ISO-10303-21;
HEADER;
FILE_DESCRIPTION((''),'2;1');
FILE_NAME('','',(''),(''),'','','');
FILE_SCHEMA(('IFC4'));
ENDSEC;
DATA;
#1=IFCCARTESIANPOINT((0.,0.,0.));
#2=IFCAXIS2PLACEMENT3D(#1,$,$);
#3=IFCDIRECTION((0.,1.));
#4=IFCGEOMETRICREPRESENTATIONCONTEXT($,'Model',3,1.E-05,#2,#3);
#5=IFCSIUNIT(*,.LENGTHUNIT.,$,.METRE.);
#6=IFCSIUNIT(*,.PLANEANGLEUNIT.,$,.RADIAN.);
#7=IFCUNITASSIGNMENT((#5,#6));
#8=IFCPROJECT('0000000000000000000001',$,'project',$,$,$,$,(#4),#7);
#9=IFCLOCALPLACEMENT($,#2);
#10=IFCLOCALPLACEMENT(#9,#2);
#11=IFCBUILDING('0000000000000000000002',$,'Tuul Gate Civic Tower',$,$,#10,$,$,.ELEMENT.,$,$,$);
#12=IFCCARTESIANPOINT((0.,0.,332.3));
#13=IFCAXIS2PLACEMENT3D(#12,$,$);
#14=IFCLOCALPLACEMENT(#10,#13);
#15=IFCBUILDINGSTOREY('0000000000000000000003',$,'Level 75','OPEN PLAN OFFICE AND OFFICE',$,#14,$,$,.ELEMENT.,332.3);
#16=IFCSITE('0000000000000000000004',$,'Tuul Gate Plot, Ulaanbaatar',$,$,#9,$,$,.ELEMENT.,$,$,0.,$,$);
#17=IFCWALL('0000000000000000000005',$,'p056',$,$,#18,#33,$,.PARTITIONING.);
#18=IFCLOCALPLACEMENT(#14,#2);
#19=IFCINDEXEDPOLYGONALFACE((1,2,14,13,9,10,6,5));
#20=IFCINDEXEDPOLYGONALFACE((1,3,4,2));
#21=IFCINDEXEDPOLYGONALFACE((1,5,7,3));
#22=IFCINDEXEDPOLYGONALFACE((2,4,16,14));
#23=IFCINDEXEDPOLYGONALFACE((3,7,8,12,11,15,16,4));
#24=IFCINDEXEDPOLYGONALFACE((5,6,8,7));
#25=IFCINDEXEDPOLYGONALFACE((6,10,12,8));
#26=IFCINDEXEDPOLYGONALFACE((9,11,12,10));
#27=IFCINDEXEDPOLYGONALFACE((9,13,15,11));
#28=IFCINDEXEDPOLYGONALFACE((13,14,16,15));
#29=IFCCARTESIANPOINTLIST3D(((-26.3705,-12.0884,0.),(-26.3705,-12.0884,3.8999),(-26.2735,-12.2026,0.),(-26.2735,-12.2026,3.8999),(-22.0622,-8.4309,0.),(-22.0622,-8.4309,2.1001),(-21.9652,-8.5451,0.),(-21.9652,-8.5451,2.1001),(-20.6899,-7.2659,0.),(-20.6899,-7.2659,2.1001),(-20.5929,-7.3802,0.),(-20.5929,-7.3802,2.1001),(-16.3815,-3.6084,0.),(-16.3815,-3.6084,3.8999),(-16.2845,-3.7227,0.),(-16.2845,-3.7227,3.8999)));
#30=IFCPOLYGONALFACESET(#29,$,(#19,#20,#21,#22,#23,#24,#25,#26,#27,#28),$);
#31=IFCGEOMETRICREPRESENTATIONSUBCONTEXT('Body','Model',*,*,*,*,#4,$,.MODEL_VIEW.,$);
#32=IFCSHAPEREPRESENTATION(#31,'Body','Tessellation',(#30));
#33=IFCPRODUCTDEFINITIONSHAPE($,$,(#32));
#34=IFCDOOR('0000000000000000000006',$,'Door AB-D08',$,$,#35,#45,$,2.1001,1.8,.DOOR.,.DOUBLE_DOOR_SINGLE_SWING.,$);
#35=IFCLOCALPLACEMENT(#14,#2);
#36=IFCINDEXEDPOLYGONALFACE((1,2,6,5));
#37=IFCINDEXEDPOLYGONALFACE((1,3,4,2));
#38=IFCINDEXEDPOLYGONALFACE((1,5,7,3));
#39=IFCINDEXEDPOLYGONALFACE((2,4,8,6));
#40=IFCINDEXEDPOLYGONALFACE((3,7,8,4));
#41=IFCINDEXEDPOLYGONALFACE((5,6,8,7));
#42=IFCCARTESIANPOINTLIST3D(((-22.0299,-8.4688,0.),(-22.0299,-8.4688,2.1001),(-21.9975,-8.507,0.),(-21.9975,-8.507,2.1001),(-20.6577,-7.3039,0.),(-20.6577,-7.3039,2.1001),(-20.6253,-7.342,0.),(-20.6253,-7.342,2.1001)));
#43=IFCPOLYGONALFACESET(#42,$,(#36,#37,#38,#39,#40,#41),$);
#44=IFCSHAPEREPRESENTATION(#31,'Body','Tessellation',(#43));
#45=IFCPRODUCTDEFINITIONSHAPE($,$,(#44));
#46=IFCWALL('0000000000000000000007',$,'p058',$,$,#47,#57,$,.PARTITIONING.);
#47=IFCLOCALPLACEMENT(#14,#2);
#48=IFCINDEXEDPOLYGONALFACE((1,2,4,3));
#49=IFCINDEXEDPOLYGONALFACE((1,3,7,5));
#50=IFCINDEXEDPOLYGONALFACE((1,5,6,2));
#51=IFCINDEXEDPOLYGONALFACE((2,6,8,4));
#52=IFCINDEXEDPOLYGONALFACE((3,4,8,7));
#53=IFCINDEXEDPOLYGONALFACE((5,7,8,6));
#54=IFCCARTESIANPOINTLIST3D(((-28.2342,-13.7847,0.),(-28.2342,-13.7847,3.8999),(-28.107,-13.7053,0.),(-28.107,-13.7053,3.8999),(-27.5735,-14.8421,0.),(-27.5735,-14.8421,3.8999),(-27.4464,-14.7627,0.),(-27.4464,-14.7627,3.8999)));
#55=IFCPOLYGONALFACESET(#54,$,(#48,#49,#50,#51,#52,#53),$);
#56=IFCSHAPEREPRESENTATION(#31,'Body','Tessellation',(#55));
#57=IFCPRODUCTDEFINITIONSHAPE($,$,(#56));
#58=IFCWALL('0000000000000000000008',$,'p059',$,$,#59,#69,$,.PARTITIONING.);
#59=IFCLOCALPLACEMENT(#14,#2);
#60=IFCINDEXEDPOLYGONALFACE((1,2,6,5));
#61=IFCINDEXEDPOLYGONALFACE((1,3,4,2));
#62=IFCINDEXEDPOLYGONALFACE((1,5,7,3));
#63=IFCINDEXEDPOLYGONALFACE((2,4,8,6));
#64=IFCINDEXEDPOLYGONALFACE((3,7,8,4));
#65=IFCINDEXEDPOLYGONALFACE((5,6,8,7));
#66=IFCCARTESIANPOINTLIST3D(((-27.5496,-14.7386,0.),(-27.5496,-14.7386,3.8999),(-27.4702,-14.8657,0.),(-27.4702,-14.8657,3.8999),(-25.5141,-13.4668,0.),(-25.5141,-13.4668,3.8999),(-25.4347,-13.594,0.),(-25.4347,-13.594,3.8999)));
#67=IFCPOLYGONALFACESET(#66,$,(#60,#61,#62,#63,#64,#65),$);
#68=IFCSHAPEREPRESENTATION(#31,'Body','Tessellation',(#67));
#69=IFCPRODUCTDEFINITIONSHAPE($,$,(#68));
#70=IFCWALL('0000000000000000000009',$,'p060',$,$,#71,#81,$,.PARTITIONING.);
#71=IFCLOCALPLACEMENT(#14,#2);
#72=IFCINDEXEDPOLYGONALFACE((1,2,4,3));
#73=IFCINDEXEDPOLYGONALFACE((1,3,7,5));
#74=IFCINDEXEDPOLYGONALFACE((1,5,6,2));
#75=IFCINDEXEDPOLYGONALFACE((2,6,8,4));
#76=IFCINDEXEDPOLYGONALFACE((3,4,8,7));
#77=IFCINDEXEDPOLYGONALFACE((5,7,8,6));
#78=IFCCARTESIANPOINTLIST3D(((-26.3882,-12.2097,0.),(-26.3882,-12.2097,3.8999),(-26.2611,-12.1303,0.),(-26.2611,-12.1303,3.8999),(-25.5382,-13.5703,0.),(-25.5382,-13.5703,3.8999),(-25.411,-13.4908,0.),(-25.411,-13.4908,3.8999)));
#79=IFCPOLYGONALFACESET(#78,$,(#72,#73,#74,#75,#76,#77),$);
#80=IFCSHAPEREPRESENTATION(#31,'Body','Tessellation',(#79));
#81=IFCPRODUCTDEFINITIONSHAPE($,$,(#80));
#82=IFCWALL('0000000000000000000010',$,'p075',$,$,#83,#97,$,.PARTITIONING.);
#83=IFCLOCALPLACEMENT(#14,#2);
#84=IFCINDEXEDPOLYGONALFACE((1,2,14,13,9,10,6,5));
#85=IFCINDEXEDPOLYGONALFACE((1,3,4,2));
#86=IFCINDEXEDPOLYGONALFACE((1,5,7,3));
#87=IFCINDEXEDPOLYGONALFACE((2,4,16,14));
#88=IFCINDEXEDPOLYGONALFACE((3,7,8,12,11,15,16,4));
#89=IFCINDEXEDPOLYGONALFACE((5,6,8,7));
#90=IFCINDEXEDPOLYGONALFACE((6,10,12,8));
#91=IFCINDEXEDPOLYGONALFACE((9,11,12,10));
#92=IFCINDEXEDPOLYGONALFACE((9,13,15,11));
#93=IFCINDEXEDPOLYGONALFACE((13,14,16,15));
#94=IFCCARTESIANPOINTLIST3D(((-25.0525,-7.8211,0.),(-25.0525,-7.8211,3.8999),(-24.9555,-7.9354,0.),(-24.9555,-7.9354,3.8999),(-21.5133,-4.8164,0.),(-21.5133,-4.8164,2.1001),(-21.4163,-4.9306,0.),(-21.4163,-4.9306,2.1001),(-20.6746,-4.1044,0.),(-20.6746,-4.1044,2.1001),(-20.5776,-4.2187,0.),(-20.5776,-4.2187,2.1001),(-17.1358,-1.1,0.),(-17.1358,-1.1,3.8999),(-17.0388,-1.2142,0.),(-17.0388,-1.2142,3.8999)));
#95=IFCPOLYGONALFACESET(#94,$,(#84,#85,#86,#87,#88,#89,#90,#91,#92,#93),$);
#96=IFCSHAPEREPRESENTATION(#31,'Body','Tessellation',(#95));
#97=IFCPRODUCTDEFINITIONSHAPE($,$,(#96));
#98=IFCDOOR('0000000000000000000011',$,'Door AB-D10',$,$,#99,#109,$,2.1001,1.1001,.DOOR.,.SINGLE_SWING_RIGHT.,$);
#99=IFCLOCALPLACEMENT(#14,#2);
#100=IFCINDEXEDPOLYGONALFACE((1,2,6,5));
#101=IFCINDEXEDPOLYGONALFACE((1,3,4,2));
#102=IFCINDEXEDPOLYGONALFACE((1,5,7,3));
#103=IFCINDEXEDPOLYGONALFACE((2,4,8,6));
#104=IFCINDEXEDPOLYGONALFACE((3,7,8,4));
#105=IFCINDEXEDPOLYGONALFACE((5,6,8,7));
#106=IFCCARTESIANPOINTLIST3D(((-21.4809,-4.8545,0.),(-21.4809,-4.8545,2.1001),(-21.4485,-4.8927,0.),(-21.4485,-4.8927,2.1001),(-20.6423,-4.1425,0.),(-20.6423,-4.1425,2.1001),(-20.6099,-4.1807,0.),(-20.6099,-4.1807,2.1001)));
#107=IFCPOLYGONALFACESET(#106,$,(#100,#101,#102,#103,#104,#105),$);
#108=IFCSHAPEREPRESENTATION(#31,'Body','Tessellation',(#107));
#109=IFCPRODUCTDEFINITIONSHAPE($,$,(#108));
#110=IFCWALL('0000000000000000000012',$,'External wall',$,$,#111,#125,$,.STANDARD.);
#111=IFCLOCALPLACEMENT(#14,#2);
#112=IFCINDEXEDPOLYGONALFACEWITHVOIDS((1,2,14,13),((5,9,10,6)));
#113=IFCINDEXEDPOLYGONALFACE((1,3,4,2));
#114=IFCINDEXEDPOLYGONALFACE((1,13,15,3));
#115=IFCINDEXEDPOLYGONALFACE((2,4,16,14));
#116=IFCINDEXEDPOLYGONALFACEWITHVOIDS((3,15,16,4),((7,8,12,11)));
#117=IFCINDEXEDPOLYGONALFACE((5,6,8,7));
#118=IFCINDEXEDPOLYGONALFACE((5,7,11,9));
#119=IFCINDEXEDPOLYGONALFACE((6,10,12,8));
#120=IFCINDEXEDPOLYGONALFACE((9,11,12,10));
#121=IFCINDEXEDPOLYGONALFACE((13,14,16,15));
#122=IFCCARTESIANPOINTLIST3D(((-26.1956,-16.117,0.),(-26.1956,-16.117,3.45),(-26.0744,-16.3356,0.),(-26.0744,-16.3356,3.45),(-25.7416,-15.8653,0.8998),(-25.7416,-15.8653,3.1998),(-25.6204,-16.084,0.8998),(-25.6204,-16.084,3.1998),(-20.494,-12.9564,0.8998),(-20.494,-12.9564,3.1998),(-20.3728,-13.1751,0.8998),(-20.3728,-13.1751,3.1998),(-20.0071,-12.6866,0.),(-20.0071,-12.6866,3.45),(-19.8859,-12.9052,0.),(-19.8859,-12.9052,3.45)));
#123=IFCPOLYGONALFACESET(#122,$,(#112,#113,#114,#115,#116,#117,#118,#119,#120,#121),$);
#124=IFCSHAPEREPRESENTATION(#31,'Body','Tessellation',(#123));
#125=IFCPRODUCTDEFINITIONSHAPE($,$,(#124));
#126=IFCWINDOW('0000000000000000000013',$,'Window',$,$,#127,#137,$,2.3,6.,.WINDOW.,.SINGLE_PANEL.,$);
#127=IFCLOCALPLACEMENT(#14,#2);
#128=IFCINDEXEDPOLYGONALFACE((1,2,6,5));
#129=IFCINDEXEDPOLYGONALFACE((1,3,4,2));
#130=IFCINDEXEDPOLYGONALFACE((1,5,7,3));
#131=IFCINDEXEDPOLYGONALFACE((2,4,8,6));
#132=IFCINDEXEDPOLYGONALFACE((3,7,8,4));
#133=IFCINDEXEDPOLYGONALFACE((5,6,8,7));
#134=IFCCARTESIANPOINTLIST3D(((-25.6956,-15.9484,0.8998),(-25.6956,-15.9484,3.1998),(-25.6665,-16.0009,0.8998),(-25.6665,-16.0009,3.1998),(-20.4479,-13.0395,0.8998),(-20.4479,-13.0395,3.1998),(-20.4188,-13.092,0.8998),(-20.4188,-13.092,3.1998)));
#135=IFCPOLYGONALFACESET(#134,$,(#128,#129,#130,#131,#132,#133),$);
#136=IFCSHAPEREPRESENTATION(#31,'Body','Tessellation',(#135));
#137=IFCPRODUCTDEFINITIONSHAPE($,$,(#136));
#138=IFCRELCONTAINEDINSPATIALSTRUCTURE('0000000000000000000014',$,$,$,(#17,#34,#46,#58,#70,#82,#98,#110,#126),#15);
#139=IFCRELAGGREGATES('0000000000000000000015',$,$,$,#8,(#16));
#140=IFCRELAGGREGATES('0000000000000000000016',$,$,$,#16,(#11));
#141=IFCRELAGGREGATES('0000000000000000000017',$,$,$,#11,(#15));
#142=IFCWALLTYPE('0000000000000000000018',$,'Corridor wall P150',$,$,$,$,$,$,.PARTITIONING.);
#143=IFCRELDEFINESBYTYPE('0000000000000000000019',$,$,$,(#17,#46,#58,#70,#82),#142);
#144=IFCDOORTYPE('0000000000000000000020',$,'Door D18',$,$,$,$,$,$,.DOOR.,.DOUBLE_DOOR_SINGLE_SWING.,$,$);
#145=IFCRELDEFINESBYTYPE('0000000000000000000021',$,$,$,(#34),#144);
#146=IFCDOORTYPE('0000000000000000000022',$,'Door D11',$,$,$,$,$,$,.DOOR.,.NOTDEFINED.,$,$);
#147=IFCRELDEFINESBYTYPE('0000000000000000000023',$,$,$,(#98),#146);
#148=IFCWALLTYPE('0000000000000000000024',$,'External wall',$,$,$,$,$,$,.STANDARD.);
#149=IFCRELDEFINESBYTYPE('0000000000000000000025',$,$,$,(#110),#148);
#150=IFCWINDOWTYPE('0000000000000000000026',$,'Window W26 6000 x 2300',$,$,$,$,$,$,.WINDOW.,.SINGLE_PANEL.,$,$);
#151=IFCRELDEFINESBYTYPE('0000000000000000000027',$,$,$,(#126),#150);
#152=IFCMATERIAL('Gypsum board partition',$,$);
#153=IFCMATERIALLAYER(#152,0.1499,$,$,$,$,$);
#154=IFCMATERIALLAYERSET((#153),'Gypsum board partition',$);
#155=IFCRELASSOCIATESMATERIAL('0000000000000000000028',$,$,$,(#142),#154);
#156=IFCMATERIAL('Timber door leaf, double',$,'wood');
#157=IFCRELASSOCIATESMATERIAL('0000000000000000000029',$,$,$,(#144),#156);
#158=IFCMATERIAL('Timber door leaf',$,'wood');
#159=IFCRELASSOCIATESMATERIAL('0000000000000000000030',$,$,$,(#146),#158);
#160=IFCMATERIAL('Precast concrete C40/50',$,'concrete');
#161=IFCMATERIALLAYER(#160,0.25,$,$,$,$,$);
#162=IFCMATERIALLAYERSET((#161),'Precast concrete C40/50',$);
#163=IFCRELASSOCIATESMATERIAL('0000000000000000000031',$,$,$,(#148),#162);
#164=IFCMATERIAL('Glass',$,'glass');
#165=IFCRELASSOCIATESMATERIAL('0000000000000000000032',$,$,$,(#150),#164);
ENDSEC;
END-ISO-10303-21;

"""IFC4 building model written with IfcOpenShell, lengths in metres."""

from ifc_helpers import new_model, si_unit, direction, frame, frame_2d, origin, place, context, subcontext, project, spatial, rectangle, extrude, material, layer, layer_set, type_object, element, fill, save


model = new_model("IFC4")

# Units and contexts
model_context = context("Model", 3, precision=1e-05, world=origin(), true_north=direction((0.0, 1.0)))
body_context = subcontext(model_context, "Body", "Model", "MODEL_VIEW")
ifc_project = project(units=[si_unit("LENGTHUNIT", "METRE"), si_unit("PLANEANGLEUNIT", "RADIAN")], contexts=[model_context])

# Site, building, storey
site_placement = place(None, origin())
site = spatial("IfcSite", under=ifc_project, at=site_placement, Name="Tuul Gate Plot, Ulaanbaatar", CompositionType="ELEMENT", RefElevation=0.0)
building_placement = place(site_placement, origin())
building = spatial("IfcBuilding", under=site, at=building_placement, Name="Tuul Gate Civic Tower", CompositionType="ELEMENT")
storey_placement = place(building_placement, frame((0.0, 0.0, 332.3)))
storey = spatial("IfcBuildingStorey", under=building, at=storey_placement, Name="Level 75", Description="OPEN PLAN OFFICE AND OFFICE", CompositionType="ELEMENT", Elevation=332.3)

# Wall, opening, door
ifc_material_1 = material(Name="Gypsum board partition")
ifc_layer_1 = layer(ifc_material_1, 0.1499)
ifc_layer_set_1 = layer_set([ifc_layer_1], Name="Gypsum board partition")
wall_type_1 = type_object("IfcWallType", Name="Corridor wall P150", PredefinedType="PARTITIONING", material=ifc_layer_set_1)
wall_1_placement = place(storey_placement, frame((-26.322, -12.1455, 0.0), z_axis=(0.0, 0.0, 1.0), x_axis=(0.762341, 0.647175, 0.0)))
wall_1 = element("IfcWall", 1, at=wall_1_placement, inside=storey, type_object=wall_type_1, Name="p056", PredefinedType="PARTITIONING", context=body_context, shape_type="SweptSolid", body=[
    extrude(rectangle(XDim=13.103, YDim=0.1499, at=frame_2d((6.5515, 0.0))), origin(), (0.0, 0.0, 1.0), 3.8999),
])
opening_1_placement = place(wall_1_placement, frame((5.6516, 0.0, 0.0)))
opening_1 = element("IfcOpeningElement", 2, at=opening_1_placement, cuts=wall_1, PredefinedType="OPENING", context=body_context, shape_type="SweptSolid", body=[
    extrude(rectangle(XDim=1.8, YDim=2.1001, at=frame_2d((0.8999, 1.05))), frame((0.0, 0.085, 0.0), z_axis=(0.0, -1.0, 0.0), x_axis=(1.0, 0.0, 0.0)), (0.0, 0.0, 1.0), 0.1699),
])
ifc_material_2 = material(Name="Timber door leaf, double", Category="wood")
door_type_1 = type_object("IfcDoorType", Name="Door D18", OperationType="DOUBLE_DOOR_SINGLE_SWING", PredefinedType="DOOR", material=ifc_material_2)
door_1_placement = place(opening_1_placement, frame((1.8, 0.0, 0.0), z_axis=(0.0, 0.0, 1.0), x_axis=(-1.0, 0.0, 0.0)))
door_1 = element("IfcDoor", 3, at=door_1_placement, inside=storey, type_object=door_type_1, Name="Door AB-D08", OperationType="DOUBLE_DOOR_SINGLE_SWING", OverallHeight=2.1001, OverallWidth=1.8, PredefinedType="DOOR", context=body_context, shape_type="SweptSolid", body=[
    extrude(rectangle(XDim=1.8, YDim=2.1001, at=frame_2d((0.9001, 1.05))), frame((0.0, 0.0249, 0.0), z_axis=(0.0, -1.0, 0.0), x_axis=(1.0, 0.0, 0.0)), (0.0, 0.0, 1.0), 0.05),
])
fill(opening_1, door_1)

# Walls
wall_2_placement = place(storey_placement, frame((-28.1707, -13.7449, 0.0), z_axis=(0.0, 0.0, 1.0), x_axis=(0.529876, -0.848075, 0.0)))
element("IfcWall", 4, at=wall_2_placement, inside=storey, type_object=wall_type_1, Name="p058", PredefinedType="PARTITIONING", context=body_context, shape_type="SweptSolid", body=[
    extrude(rectangle(XDim=1.2468, YDim=0.1499, at=frame_2d((0.6235, 0.0))), origin(), (0.0, 0.0, 1.0), 3.8999),
])
wall_3_placement = place(storey_placement, frame((-27.51, -14.8022, 0.0), z_axis=(0.0, 0.0, 1.0), x_axis=(0.848073, 0.52988, 0.0)))
element("IfcWall", 5, at=wall_3_placement, inside=storey, type_object=wall_type_1, Name="p059", PredefinedType="PARTITIONING", context=body_context, shape_type="SweptSolid", body=[
    extrude(rectangle(XDim=2.4001, YDim=0.1499, at=frame_2d((1.2002, 0.0))), origin(), (0.0, 0.0, 1.0), 3.8999),
])
wall_4_placement = place(storey_placement, frame((-26.3247, -12.1699, 0.0), z_axis=(0.0, 0.0, 1.0), x_axis=(0.529876, -0.848075, 0.0)))
element("IfcWall", 6, at=wall_4_placement, inside=storey, type_object=wall_type_1, Name="p060", PredefinedType="PARTITIONING", context=body_context, shape_type="SweptSolid", body=[
    extrude(rectangle(XDim=1.6042, YDim=0.1499, at=frame_2d((0.8022, 0.0))), origin(), (0.0, 0.0, 1.0), 3.8999),
])

# Wall, opening, door
wall_5_placement = place(storey_placement, frame((-25.0039, -7.8782, 0.0), z_axis=(0.0, 0.0, 1.0), x_axis=(0.762321, 0.647199, 0.0)))
wall_5 = element("IfcWall", 7, at=wall_5_placement, inside=storey, type_object=wall_type_1, Name="p075", PredefinedType="PARTITIONING", context=body_context, shape_type="SweptSolid", body=[
    extrude(rectangle(XDim=10.385, YDim=0.1499, at=frame_2d((5.1924, 0.0))), origin(), (0.0, 0.0, 1.0), 3.8999),
])
opening_2_placement = place(wall_5_placement, frame((4.6426, 0.0, 0.0)))
opening_2 = element("IfcOpeningElement", 8, at=opening_2_placement, cuts=wall_5, PredefinedType="OPENING", context=body_context, shape_type="SweptSolid", body=[
    extrude(rectangle(XDim=1.1001, YDim=2.1001, at=frame_2d((0.55, 1.05))), frame((0.0, 0.085, 0.0), z_axis=(0.0, -1.0, 0.0), x_axis=(1.0, 0.0, 0.0)), (0.0, 0.0, 1.0), 0.1699),
])
ifc_material_3 = material(Name="Timber door leaf", Category="wood")
door_type_2 = type_object("IfcDoorType", Name="Door D11", OperationType="NOTDEFINED", PredefinedType="DOOR", material=ifc_material_3)
door_2_placement = place(opening_2_placement, origin())
door_2 = element("IfcDoor", 9, at=door_2_placement, inside=storey, type_object=door_type_2, Name="Door AB-D10", OperationType="SINGLE_SWING_RIGHT", OverallHeight=2.1001, OverallWidth=1.1001, PredefinedType="DOOR", context=body_context, shape_type="SweptSolid", body=[
    extrude(rectangle(XDim=1.1001, YDim=2.1001, at=frame_2d((0.55, 1.05))), frame((0.0, 0.0249, 0.0), z_axis=(0.0, -1.0, 0.0), x_axis=(1.0, 0.0, 0.0)), (0.0, 0.0, 1.0), 0.05),
])
fill(opening_2, door_2)

# Wall, opening, window
ifc_material_4 = material(Name="Precast concrete C40/50", Category="concrete")
ifc_layer_2 = layer(ifc_material_4, 0.25)
ifc_layer_set_2 = layer_set([ifc_layer_2], Name="Precast concrete C40/50")
wall_type_2 = type_object("IfcWallType", Name="External wall", PredefinedType="STANDARD", material=ifc_layer_set_2)
wall_6_placement = place(storey_placement, frame((-26.135, -16.2263, 0.0), z_axis=(0.0, 0.0, 1.0), x_axis=(0.874614, 0.484819, 0.0)))
wall_6 = element("IfcWall", 10, at=wall_6_placement, inside=storey, type_object=wall_type_2, Name="External wall", PredefinedType="STANDARD", context=body_context, shape_type="SweptSolid", body=[
    extrude(rectangle(XDim=7.0757, YDim=0.25, at=frame_2d((3.5378, 0.0))), origin(), (0.0, 0.0, 1.0), 3.45),
])
opening_3_placement = place(wall_6_placement, frame((0.519, 0.0, 0.8999)))
opening_3 = element("IfcOpeningElement", 11, at=opening_3_placement, cuts=wall_6, PredefinedType="OPENING", context=body_context, shape_type="SweptSolid", body=[
    extrude(rectangle(XDim=6.0, YDim=2.3, at=frame_2d((3.0, 1.1499))), frame((0.0, 0.135, 0.0), z_axis=(0.0, -1.0, 0.0), x_axis=(1.0, 0.0, 0.0)), (0.0, 0.0, 1.0), 0.27),
])
ifc_material_5 = material(Name="Glass", Category="glass")
window_type = type_object("IfcWindowType", Name="Window W26 6000 x 2300", PartitioningType="SINGLE_PANEL", PredefinedType="WINDOW", material=ifc_material_5)
window_placement = place(opening_3_placement, origin())
window = element("IfcWindow", 12, at=window_placement, inside=storey, type_object=window_type, Name="Window", OverallHeight=2.3, OverallWidth=6.0, PartitioningType="SINGLE_PANEL", PredefinedType="WINDOW", context=body_context, shape_type="SweptSolid", body=[
    extrude(rectangle(XDim=6.0, YDim=2.3, at=frame_2d((3.0, 1.1499))), frame((0.0, 0.03, 0.0), z_axis=(0.0, -1.0, 0.0), x_axis=(1.0, 0.0, 0.0)), (0.0, 0.0, 1.0), 0.0601),
])
fill(opening_3, window)

save(model, "model.ifc")
